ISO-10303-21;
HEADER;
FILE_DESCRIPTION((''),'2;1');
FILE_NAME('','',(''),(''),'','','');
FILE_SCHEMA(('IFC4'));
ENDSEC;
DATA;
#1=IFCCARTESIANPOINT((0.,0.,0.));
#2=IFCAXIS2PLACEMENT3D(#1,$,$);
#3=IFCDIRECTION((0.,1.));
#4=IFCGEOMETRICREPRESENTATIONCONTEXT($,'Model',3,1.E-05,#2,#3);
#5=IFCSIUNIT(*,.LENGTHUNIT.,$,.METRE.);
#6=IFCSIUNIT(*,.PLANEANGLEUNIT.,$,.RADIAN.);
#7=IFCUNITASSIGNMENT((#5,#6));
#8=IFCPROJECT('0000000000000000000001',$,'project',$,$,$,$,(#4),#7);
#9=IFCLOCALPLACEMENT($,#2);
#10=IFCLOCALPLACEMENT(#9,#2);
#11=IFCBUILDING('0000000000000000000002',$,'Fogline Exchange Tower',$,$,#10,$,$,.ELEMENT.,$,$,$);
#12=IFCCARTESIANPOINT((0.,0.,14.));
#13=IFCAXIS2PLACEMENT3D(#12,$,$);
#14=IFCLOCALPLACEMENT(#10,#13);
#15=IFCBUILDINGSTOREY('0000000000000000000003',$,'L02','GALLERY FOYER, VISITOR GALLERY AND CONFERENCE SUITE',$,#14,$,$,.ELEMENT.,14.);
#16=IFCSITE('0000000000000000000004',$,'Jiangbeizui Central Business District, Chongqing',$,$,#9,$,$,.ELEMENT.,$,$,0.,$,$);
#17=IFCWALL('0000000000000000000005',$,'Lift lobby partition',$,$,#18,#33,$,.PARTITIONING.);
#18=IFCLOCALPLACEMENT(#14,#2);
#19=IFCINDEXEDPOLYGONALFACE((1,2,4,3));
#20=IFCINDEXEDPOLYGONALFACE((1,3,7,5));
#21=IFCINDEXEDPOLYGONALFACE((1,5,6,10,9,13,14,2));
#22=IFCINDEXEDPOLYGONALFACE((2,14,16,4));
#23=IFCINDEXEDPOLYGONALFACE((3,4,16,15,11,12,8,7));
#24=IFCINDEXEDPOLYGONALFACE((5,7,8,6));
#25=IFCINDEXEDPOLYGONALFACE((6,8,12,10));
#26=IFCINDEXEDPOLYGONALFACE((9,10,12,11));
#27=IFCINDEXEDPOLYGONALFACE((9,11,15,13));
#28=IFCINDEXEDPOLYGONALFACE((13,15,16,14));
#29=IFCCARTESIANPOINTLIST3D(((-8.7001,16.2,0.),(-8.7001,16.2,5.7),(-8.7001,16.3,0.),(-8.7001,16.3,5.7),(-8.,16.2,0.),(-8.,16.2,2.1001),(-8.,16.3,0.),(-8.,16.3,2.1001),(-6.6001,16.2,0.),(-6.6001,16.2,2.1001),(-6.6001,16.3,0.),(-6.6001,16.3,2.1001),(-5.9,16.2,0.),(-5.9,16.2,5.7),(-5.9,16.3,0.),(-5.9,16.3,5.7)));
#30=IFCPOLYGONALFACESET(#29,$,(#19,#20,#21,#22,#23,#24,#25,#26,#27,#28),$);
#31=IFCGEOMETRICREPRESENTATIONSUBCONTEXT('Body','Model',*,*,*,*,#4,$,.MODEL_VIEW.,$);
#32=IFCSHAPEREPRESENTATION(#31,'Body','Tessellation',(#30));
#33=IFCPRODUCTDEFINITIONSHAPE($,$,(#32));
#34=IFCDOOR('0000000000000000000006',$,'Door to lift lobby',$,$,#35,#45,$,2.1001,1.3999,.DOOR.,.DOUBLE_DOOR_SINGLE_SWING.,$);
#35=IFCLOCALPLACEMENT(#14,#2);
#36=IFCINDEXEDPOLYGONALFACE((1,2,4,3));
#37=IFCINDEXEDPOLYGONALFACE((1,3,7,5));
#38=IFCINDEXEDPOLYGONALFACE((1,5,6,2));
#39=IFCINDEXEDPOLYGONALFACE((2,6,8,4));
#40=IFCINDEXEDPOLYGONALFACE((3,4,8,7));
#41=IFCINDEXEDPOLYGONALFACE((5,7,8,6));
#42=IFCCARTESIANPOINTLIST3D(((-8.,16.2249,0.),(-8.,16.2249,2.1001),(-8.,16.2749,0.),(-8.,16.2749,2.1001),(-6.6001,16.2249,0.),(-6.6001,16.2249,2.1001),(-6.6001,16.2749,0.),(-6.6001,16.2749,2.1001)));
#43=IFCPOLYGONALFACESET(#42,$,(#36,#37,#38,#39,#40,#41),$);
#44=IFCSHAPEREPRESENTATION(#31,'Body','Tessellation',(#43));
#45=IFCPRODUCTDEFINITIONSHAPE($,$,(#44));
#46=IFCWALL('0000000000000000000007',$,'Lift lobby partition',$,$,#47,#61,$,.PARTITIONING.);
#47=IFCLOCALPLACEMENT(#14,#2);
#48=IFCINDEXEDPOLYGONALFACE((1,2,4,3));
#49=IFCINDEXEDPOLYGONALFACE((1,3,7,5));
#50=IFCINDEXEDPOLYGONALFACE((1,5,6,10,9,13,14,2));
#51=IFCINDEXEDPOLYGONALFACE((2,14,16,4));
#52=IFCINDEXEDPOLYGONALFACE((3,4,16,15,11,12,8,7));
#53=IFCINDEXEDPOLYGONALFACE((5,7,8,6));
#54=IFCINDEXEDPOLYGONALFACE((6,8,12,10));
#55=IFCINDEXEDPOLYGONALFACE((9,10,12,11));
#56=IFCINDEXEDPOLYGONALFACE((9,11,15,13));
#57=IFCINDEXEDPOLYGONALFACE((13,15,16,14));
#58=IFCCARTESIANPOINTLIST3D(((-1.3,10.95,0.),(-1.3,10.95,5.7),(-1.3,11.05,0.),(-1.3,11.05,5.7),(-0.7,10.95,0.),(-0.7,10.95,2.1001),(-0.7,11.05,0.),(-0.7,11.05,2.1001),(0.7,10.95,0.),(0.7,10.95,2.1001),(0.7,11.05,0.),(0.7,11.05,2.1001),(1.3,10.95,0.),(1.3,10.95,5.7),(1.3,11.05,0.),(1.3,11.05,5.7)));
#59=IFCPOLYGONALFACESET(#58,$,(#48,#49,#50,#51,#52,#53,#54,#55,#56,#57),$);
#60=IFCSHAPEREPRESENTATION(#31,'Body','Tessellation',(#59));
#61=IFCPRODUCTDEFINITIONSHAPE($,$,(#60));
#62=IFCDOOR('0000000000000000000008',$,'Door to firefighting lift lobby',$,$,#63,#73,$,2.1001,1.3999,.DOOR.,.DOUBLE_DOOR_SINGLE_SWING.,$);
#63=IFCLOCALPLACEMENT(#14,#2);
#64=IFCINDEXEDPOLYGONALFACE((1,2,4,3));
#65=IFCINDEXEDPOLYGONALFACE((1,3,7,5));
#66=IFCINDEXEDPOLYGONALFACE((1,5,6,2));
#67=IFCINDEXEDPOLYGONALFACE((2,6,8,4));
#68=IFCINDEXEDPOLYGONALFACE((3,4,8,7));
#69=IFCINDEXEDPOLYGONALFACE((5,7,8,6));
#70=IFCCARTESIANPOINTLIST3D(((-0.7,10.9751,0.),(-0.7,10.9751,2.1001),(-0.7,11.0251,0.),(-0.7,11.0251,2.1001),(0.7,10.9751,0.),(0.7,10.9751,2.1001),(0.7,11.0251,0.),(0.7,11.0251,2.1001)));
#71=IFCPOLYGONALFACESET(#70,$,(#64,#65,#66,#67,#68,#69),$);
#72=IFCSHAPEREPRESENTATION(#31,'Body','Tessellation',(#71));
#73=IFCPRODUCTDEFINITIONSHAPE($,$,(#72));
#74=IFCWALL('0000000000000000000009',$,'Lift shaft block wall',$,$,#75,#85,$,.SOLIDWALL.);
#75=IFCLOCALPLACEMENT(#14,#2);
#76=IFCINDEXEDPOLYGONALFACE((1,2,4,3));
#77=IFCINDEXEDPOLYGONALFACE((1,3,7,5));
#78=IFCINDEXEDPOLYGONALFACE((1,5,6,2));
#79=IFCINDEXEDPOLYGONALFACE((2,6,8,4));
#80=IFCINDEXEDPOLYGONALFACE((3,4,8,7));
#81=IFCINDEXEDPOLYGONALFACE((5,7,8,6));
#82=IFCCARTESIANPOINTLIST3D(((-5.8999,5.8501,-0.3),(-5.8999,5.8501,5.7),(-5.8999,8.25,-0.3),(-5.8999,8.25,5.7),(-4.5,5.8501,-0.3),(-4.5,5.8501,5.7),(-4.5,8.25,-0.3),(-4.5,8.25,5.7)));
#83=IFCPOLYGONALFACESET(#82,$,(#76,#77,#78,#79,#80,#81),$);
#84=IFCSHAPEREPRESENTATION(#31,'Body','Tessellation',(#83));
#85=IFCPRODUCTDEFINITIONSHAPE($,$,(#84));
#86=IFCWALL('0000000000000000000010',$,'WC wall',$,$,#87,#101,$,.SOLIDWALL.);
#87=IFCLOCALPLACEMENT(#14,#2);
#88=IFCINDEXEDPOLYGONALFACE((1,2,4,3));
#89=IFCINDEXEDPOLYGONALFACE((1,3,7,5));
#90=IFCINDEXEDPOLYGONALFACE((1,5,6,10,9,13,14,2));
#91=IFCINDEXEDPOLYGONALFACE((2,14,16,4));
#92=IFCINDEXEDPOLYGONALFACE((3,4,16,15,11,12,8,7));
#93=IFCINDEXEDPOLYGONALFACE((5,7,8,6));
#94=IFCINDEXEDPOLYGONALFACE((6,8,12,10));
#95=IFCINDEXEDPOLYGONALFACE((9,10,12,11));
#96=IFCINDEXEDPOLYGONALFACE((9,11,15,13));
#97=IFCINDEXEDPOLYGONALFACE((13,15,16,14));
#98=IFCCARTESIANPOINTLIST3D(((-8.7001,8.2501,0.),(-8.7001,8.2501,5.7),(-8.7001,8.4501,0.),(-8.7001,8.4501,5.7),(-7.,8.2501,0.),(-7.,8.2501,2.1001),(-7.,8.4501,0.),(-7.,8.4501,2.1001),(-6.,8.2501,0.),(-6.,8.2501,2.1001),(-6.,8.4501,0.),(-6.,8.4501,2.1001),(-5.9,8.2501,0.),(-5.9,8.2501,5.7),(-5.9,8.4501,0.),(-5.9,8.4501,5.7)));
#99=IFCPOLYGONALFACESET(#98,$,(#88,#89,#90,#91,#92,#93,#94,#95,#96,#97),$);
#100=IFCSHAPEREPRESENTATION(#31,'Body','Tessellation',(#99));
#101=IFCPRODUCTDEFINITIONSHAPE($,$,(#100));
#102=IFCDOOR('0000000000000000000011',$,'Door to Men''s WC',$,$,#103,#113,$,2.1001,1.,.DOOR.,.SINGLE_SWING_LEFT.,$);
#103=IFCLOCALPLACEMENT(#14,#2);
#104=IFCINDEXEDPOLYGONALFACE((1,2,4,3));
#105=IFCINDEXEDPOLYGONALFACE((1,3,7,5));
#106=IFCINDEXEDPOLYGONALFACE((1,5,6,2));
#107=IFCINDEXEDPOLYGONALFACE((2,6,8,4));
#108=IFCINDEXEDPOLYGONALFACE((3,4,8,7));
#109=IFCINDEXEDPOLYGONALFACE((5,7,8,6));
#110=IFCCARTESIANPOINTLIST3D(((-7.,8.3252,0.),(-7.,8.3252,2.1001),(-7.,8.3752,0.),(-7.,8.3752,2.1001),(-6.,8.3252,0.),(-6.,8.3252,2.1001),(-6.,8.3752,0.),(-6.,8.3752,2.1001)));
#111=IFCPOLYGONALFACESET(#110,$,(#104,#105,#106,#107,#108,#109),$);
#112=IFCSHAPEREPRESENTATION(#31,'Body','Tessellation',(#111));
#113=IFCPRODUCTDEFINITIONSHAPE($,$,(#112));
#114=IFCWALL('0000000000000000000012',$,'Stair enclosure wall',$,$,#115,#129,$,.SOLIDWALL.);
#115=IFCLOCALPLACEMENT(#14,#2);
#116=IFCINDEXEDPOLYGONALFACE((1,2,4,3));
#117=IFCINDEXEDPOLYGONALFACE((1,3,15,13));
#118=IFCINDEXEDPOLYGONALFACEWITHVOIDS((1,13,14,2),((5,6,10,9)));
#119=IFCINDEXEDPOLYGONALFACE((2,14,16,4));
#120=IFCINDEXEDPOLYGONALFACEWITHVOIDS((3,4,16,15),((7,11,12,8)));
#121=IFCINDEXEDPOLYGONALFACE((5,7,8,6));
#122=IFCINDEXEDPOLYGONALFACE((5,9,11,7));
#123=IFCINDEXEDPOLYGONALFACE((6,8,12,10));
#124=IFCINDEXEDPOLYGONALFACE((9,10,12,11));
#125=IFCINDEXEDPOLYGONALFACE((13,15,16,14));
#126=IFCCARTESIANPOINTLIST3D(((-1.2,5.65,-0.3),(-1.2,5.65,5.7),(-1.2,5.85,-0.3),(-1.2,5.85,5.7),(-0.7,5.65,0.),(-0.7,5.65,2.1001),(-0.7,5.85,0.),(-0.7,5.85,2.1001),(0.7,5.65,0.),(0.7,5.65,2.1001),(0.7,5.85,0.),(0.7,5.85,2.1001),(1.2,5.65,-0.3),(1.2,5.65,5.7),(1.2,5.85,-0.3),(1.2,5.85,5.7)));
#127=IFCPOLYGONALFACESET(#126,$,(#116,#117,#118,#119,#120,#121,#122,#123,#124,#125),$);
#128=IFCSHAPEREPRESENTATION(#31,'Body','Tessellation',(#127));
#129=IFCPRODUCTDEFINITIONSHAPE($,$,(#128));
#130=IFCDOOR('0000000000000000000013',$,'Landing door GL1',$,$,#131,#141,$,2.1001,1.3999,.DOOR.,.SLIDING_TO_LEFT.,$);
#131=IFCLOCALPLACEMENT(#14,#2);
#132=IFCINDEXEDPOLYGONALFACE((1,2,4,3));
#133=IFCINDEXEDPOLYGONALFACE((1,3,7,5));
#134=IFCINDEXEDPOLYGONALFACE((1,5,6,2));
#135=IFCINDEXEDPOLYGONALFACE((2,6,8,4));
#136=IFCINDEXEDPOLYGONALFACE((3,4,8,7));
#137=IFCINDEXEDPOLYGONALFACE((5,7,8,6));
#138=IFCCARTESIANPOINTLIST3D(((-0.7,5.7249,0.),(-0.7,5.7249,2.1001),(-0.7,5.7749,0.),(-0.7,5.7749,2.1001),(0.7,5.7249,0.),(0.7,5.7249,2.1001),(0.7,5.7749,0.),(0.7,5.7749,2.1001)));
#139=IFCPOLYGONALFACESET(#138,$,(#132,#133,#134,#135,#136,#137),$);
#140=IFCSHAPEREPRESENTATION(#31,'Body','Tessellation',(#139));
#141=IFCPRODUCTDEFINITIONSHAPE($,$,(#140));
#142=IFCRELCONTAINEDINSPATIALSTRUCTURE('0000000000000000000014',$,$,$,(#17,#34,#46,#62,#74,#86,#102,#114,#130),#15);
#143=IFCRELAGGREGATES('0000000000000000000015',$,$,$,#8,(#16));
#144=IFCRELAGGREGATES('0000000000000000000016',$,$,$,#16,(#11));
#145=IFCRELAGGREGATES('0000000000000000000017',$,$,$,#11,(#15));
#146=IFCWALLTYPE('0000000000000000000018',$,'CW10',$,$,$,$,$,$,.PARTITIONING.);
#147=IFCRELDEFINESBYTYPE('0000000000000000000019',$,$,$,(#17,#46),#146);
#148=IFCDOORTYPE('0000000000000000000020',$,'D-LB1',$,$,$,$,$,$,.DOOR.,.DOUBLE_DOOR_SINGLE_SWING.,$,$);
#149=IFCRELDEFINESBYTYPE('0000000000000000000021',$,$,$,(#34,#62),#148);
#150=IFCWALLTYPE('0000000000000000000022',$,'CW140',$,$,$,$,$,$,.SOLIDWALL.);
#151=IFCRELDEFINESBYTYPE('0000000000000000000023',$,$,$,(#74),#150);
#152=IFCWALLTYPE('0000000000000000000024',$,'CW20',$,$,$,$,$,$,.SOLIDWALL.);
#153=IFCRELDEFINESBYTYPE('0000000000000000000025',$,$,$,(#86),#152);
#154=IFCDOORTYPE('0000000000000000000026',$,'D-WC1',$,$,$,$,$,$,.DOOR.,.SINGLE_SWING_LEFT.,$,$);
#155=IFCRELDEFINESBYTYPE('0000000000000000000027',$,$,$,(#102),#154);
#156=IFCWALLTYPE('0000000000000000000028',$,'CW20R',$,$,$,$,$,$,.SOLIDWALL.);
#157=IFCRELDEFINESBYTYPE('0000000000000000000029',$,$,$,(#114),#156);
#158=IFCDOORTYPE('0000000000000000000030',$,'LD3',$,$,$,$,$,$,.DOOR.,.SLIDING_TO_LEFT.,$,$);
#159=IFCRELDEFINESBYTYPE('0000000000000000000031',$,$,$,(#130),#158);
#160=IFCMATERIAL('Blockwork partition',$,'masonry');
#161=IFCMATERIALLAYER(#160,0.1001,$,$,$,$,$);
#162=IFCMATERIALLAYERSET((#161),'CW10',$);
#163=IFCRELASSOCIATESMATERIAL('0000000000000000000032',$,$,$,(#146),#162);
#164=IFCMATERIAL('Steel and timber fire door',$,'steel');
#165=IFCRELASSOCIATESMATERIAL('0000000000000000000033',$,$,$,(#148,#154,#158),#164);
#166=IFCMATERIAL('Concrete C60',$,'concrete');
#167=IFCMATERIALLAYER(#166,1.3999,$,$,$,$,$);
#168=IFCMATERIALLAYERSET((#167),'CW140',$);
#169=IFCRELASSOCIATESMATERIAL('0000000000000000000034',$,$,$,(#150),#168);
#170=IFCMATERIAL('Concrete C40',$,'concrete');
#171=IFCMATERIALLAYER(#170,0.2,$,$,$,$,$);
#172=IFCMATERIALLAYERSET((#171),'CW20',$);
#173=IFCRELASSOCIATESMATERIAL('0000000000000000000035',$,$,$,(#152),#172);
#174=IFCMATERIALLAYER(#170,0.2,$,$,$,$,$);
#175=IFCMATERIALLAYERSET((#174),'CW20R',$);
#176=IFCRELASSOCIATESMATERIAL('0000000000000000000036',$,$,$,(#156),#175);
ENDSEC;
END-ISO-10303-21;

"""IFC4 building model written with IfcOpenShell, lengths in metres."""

from ifc_helpers import new_model, si_unit, direction, frame, frame_2d, origin, place, context, subcontext, project, spatial, rectangle, extrude, material, layer, layer_set, type_object, element, fill, save


model = new_model("IFC4")

# Units and contexts
model_context = context("Model", 3, precision=1e-05, world=origin(), true_north=direction((0.0, 1.0)))
body_context = subcontext(model_context, "Body", "Model", "MODEL_VIEW")
ifc_project = project(units=[si_unit("LENGTHUNIT", "METRE"), si_unit("PLANEANGLEUNIT", "RADIAN")], contexts=[model_context])

# Site, building, storey
site_placement = place(None, origin())
site = spatial("IfcSite", under=ifc_project, at=site_placement, Name="Jiangbeizui Central Business District, Chongqing", CompositionType="ELEMENT", RefElevation=0.0)
building_placement = place(site_placement, origin())
building = spatial("IfcBuilding", under=site, at=building_placement, Name="Fogline Exchange Tower", CompositionType="ELEMENT")
storey_placement = place(building_placement, frame((0.0, 0.0, 14.0)))
storey = spatial("IfcBuildingStorey", under=building, at=storey_placement, Name="L02", Description="GALLERY FOYER, VISITOR GALLERY AND CONFERENCE SUITE", CompositionType="ELEMENT", Elevation=14.0)

# Walls, openings, doors
ifc_material_1 = material(Name="Blockwork partition", Category="masonry")
ifc_layer_1 = layer(ifc_material_1, 0.1001)
ifc_layer_set_1 = layer_set([ifc_layer_1], Name="CW10")
wall_type_1 = type_object("IfcWallType", Name="CW10", PredefinedType="PARTITIONING", material=ifc_layer_set_1)
wall_1_placement = place(storey_placement, frame((-8.7, 16.25, 0.0), z_axis=(0.0, 0.0, 1.0), x_axis=(1.0, 0.0, 0.0)))
wall_1 = element("IfcWall", 1, at=wall_1_placement, inside=storey, type_object=wall_type_1, Name="Lift lobby partition", PredefinedType="PARTITIONING", context=body_context, shape_type="SweptSolid", body=[
    extrude(rectangle(XDim=2.8, YDim=0.1001, at=frame_2d((1.3999, 0.0))), origin(), (0.0, 0.0, 1.0), 5.7),
])
opening_1_placement = place(wall_1_placement, frame((0.7, 0.0, 0.0)))
opening_1 = element("IfcOpeningElement", 2, at=opening_1_placement, cuts=wall_1, PredefinedType="OPENING", context=body_context, shape_type="SweptSolid", body=[
    extrude(rectangle(XDim=1.3999, YDim=2.1001, at=frame_2d((0.7, 1.05))), frame((0.0, 0.0601, 0.0), z_axis=(0.0, -1.0, 0.0), x_axis=(1.0, 0.0, 0.0)), (0.0, 0.0, 1.0), 0.1201),
])
ifc_material_2 = material(Name="Steel and timber fire door", Category="steel")
door_type_1 = type_object("IfcDoorType", Name="D-LB1", OperationType="DOUBLE_DOOR_SINGLE_SWING", PredefinedType="DOOR", material=ifc_material_2)
door_1_placement = place(opening_1_placement, origin())
door_1 = element("IfcDoor", 3, at=door_1_placement, inside=storey, type_object=door_type_1, Name="Door to lift lobby", OperationType="DOUBLE_DOOR_SINGLE_SWING", OverallHeight=2.1001, OverallWidth=1.3999, PredefinedType="DOOR", context=body_context, shape_type="SweptSolid", body=[
    extrude(rectangle(XDim=1.3999, YDim=2.1001, at=frame_2d((0.7, 1.05))), frame((0.0, 0.0249, 0.0), z_axis=(0.0, -1.0, 0.0), x_axis=(1.0, 0.0, 0.0)), (0.0, 0.0, 1.0), 0.05),
])
fill(opening_1, door_1)
wall_2_placement = place(storey_placement, frame((-1.3, 11.0, 0.0), z_axis=(0.0, 0.0, 1.0), x_axis=(1.0, 0.0, 0.0)))
wall_2 = element("IfcWall", 4, at=wall_2_placement, inside=storey, type_object=wall_type_1, Name="Lift lobby partition", PredefinedType="PARTITIONING", context=body_context, shape_type="SweptSolid", body=[
    extrude(rectangle(XDim=2.6001, YDim=0.1001, at=frame_2d((1.3, 0.0))), origin(), (0.0, 0.0, 1.0), 5.7),
])
opening_2_placement = place(wall_2_placement, frame((0.6001, 0.0, 0.0)))
opening_2 = element("IfcOpeningElement", 5, at=opening_2_placement, cuts=wall_2, PredefinedType="OPENING", context=body_context, shape_type="SweptSolid", body=[
    extrude(rectangle(XDim=1.3999, YDim=2.1001, at=frame_2d((0.7, 1.05))), frame((0.0, 0.0601, 0.0), z_axis=(0.0, -1.0, 0.0), x_axis=(1.0, 0.0, 0.0)), (0.0, 0.0, 1.0), 0.1201),
])
door_2_placement = place(opening_2_placement, frame((1.3999, 0.0, 0.0), z_axis=(0.0, 0.0, 1.0), x_axis=(-1.0, 0.0, 0.0)))
door_2 = element("IfcDoor", 6, at=door_2_placement, inside=storey, type_object=door_type_1, Name="Door to firefighting lift lobby", OperationType="DOUBLE_DOOR_SINGLE_SWING", OverallHeight=2.1001, OverallWidth=1.3999, PredefinedType="DOOR", context=body_context, shape_type="SweptSolid", body=[
    extrude(rectangle(XDim=1.3999, YDim=2.1001, at=frame_2d((0.7, 1.05))), frame((0.0, 0.0249, 0.0), z_axis=(0.0, -1.0, 0.0), x_axis=(1.0, 0.0, 0.0)), (0.0, 0.0, 1.0), 0.05),
])
fill(opening_2, door_2)

# Wall
ifc_material_3 = material(Name="Concrete C60", Category="concrete")
ifc_layer_2 = layer(ifc_material_3, 1.3999)
ifc_layer_set_2 = layer_set([ifc_layer_2], Name="CW140")
wall_type_2 = type_object("IfcWallType", Name="CW140", PredefinedType="SOLIDWALL", material=ifc_layer_set_2)
wall_3_placement = place(storey_placement, frame((-5.2, 5.8501, -0.3), z_axis=(0.0, 0.0, 1.0), x_axis=(0.0, 1.0, 0.0)))
element("IfcWall", 7, at=wall_3_placement, inside=storey, type_object=wall_type_2, Name="Lift shaft block wall", PredefinedType="SOLIDWALL", context=body_context, shape_type="SweptSolid", body=[
    extrude(rectangle(XDim=2.3999, YDim=1.3999, at=frame_2d((1.2, 0.0))), origin(), (0.0, 0.0, 1.0), 6.0),
])

# Walls, openings, doors
ifc_material_4 = material(Name="Concrete C40", Category="concrete")
ifc_layer_3 = layer(ifc_material_4, 0.2)
ifc_layer_set_3 = layer_set([ifc_layer_3], Name="CW20")
wall_type_3 = type_object("IfcWallType", Name="CW20", PredefinedType="SOLIDWALL", material=ifc_layer_set_3)
wall_4_placement = place(storey_placement, frame((-8.7, 8.3501, 0.0), z_axis=(0.0, 0.0, 1.0), x_axis=(1.0, 0.0, 0.0)))
wall_4 = element("IfcWall", 8, at=wall_4_placement, inside=storey, type_object=wall_type_3, Name="WC wall", PredefinedType="SOLIDWALL", context=body_context, shape_type="SweptSolid", body=[
    extrude(rectangle(XDim=2.8, YDim=0.2, at=frame_2d((1.3999, 0.0))), origin(), (0.0, 0.0, 1.0), 5.7),
])
opening_3_placement = place(wall_4_placement, frame((1.7, 0.0, 0.0)))
opening_3 = element("IfcOpeningElement", 9, at=opening_3_placement, cuts=wall_4, PredefinedType="OPENING", context=body_context, shape_type="SweptSolid", body=[
    extrude(rectangle(XDim=1.0, YDim=2.1001, at=frame_2d((0.5, 1.05))), frame((0.0, 0.1099, 0.0), z_axis=(0.0, -1.0, 0.0), x_axis=(1.0, 0.0, 0.0)), (0.0, 0.0, 1.0), 0.22),
])
door_type_2 = type_object("IfcDoorType", Name="D-WC1", OperationType="SINGLE_SWING_LEFT", PredefinedType="DOOR", material=ifc_material_2)
door_3_placement = place(opening_3_placement, frame((1.0, 0.0, 0.0), z_axis=(0.0, 0.0, 1.0), x_axis=(-1.0, 0.0, 0.0)))
door_3 = element("IfcDoor", 10, at=door_3_placement, inside=storey, type_object=door_type_2, Name="Door to Men's WC", OperationType="SINGLE_SWING_LEFT", OverallHeight=2.1001, OverallWidth=1.0, PredefinedType="DOOR", context=body_context, shape_type="SweptSolid", body=[
    extrude(rectangle(XDim=1.0, YDim=2.1001, at=frame_2d((0.5, 1.05))), frame((0.0, 0.0249, 0.0), z_axis=(0.0, -1.0, 0.0), x_axis=(1.0, 0.0, 0.0)), (0.0, 0.0, 1.0), 0.05),
])
fill(opening_3, door_3)
ifc_layer_4 = layer(ifc_material_4, 0.2)
ifc_layer_set_4 = layer_set([ifc_layer_4], Name="CW20R")
wall_type_4 = type_object("IfcWallType", Name="CW20R", PredefinedType="SOLIDWALL", material=ifc_layer_set_4)
wall_5_placement = place(storey_placement, frame((-1.2, 5.75, -0.3), z_axis=(0.0, 0.0, 1.0), x_axis=(1.0, 0.0, 0.0)))
wall_5 = element("IfcWall", 11, at=wall_5_placement, inside=storey, type_object=wall_type_4, Name="Stair enclosure wall", PredefinedType="SOLIDWALL", context=body_context, shape_type="SweptSolid", body=[
    extrude(rectangle(XDim=2.3999, YDim=0.2, at=frame_2d((1.2, 0.0))), origin(), (0.0, 0.0, 1.0), 6.0),
])
opening_4_placement = place(wall_5_placement, frame((0.5, 0.0, 0.3)))
opening_4 = element("IfcOpeningElement", 12, at=opening_4_placement, cuts=wall_5, PredefinedType="OPENING", context=body_context, shape_type="SweptSolid", body=[
    extrude(rectangle(XDim=1.3999, YDim=2.1001, at=frame_2d((0.7, 1.05))), frame((0.0, 0.1099, 0.0), z_axis=(0.0, -1.0, 0.0), x_axis=(1.0, 0.0, 0.0)), (0.0, 0.0, 1.0), 0.22),
])
door_type_3 = type_object("IfcDoorType", Name="LD3", OperationType="SLIDING_TO_LEFT", PredefinedType="DOOR", material=ifc_material_2)
door_4_placement = place(opening_4_placement, origin())
door_4 = element("IfcDoor", 13, at=door_4_placement, inside=storey, type_object=door_type_3, Name="Landing door GL1", OperationType="SLIDING_TO_LEFT", OverallHeight=2.1001, OverallWidth=1.3999, PredefinedType="DOOR", context=body_context, shape_type="SweptSolid", body=[
    extrude(rectangle(XDim=1.3999, YDim=2.1001, at=frame_2d((0.7, 1.05))), frame((0.0, 0.0249, 0.0), z_axis=(0.0, -1.0, 0.0), x_axis=(1.0, 0.0, 0.0)), (0.0, 0.0, 1.0), 0.05),
])
fill(opening_4, door_4)

save(model, "model.ifc")
